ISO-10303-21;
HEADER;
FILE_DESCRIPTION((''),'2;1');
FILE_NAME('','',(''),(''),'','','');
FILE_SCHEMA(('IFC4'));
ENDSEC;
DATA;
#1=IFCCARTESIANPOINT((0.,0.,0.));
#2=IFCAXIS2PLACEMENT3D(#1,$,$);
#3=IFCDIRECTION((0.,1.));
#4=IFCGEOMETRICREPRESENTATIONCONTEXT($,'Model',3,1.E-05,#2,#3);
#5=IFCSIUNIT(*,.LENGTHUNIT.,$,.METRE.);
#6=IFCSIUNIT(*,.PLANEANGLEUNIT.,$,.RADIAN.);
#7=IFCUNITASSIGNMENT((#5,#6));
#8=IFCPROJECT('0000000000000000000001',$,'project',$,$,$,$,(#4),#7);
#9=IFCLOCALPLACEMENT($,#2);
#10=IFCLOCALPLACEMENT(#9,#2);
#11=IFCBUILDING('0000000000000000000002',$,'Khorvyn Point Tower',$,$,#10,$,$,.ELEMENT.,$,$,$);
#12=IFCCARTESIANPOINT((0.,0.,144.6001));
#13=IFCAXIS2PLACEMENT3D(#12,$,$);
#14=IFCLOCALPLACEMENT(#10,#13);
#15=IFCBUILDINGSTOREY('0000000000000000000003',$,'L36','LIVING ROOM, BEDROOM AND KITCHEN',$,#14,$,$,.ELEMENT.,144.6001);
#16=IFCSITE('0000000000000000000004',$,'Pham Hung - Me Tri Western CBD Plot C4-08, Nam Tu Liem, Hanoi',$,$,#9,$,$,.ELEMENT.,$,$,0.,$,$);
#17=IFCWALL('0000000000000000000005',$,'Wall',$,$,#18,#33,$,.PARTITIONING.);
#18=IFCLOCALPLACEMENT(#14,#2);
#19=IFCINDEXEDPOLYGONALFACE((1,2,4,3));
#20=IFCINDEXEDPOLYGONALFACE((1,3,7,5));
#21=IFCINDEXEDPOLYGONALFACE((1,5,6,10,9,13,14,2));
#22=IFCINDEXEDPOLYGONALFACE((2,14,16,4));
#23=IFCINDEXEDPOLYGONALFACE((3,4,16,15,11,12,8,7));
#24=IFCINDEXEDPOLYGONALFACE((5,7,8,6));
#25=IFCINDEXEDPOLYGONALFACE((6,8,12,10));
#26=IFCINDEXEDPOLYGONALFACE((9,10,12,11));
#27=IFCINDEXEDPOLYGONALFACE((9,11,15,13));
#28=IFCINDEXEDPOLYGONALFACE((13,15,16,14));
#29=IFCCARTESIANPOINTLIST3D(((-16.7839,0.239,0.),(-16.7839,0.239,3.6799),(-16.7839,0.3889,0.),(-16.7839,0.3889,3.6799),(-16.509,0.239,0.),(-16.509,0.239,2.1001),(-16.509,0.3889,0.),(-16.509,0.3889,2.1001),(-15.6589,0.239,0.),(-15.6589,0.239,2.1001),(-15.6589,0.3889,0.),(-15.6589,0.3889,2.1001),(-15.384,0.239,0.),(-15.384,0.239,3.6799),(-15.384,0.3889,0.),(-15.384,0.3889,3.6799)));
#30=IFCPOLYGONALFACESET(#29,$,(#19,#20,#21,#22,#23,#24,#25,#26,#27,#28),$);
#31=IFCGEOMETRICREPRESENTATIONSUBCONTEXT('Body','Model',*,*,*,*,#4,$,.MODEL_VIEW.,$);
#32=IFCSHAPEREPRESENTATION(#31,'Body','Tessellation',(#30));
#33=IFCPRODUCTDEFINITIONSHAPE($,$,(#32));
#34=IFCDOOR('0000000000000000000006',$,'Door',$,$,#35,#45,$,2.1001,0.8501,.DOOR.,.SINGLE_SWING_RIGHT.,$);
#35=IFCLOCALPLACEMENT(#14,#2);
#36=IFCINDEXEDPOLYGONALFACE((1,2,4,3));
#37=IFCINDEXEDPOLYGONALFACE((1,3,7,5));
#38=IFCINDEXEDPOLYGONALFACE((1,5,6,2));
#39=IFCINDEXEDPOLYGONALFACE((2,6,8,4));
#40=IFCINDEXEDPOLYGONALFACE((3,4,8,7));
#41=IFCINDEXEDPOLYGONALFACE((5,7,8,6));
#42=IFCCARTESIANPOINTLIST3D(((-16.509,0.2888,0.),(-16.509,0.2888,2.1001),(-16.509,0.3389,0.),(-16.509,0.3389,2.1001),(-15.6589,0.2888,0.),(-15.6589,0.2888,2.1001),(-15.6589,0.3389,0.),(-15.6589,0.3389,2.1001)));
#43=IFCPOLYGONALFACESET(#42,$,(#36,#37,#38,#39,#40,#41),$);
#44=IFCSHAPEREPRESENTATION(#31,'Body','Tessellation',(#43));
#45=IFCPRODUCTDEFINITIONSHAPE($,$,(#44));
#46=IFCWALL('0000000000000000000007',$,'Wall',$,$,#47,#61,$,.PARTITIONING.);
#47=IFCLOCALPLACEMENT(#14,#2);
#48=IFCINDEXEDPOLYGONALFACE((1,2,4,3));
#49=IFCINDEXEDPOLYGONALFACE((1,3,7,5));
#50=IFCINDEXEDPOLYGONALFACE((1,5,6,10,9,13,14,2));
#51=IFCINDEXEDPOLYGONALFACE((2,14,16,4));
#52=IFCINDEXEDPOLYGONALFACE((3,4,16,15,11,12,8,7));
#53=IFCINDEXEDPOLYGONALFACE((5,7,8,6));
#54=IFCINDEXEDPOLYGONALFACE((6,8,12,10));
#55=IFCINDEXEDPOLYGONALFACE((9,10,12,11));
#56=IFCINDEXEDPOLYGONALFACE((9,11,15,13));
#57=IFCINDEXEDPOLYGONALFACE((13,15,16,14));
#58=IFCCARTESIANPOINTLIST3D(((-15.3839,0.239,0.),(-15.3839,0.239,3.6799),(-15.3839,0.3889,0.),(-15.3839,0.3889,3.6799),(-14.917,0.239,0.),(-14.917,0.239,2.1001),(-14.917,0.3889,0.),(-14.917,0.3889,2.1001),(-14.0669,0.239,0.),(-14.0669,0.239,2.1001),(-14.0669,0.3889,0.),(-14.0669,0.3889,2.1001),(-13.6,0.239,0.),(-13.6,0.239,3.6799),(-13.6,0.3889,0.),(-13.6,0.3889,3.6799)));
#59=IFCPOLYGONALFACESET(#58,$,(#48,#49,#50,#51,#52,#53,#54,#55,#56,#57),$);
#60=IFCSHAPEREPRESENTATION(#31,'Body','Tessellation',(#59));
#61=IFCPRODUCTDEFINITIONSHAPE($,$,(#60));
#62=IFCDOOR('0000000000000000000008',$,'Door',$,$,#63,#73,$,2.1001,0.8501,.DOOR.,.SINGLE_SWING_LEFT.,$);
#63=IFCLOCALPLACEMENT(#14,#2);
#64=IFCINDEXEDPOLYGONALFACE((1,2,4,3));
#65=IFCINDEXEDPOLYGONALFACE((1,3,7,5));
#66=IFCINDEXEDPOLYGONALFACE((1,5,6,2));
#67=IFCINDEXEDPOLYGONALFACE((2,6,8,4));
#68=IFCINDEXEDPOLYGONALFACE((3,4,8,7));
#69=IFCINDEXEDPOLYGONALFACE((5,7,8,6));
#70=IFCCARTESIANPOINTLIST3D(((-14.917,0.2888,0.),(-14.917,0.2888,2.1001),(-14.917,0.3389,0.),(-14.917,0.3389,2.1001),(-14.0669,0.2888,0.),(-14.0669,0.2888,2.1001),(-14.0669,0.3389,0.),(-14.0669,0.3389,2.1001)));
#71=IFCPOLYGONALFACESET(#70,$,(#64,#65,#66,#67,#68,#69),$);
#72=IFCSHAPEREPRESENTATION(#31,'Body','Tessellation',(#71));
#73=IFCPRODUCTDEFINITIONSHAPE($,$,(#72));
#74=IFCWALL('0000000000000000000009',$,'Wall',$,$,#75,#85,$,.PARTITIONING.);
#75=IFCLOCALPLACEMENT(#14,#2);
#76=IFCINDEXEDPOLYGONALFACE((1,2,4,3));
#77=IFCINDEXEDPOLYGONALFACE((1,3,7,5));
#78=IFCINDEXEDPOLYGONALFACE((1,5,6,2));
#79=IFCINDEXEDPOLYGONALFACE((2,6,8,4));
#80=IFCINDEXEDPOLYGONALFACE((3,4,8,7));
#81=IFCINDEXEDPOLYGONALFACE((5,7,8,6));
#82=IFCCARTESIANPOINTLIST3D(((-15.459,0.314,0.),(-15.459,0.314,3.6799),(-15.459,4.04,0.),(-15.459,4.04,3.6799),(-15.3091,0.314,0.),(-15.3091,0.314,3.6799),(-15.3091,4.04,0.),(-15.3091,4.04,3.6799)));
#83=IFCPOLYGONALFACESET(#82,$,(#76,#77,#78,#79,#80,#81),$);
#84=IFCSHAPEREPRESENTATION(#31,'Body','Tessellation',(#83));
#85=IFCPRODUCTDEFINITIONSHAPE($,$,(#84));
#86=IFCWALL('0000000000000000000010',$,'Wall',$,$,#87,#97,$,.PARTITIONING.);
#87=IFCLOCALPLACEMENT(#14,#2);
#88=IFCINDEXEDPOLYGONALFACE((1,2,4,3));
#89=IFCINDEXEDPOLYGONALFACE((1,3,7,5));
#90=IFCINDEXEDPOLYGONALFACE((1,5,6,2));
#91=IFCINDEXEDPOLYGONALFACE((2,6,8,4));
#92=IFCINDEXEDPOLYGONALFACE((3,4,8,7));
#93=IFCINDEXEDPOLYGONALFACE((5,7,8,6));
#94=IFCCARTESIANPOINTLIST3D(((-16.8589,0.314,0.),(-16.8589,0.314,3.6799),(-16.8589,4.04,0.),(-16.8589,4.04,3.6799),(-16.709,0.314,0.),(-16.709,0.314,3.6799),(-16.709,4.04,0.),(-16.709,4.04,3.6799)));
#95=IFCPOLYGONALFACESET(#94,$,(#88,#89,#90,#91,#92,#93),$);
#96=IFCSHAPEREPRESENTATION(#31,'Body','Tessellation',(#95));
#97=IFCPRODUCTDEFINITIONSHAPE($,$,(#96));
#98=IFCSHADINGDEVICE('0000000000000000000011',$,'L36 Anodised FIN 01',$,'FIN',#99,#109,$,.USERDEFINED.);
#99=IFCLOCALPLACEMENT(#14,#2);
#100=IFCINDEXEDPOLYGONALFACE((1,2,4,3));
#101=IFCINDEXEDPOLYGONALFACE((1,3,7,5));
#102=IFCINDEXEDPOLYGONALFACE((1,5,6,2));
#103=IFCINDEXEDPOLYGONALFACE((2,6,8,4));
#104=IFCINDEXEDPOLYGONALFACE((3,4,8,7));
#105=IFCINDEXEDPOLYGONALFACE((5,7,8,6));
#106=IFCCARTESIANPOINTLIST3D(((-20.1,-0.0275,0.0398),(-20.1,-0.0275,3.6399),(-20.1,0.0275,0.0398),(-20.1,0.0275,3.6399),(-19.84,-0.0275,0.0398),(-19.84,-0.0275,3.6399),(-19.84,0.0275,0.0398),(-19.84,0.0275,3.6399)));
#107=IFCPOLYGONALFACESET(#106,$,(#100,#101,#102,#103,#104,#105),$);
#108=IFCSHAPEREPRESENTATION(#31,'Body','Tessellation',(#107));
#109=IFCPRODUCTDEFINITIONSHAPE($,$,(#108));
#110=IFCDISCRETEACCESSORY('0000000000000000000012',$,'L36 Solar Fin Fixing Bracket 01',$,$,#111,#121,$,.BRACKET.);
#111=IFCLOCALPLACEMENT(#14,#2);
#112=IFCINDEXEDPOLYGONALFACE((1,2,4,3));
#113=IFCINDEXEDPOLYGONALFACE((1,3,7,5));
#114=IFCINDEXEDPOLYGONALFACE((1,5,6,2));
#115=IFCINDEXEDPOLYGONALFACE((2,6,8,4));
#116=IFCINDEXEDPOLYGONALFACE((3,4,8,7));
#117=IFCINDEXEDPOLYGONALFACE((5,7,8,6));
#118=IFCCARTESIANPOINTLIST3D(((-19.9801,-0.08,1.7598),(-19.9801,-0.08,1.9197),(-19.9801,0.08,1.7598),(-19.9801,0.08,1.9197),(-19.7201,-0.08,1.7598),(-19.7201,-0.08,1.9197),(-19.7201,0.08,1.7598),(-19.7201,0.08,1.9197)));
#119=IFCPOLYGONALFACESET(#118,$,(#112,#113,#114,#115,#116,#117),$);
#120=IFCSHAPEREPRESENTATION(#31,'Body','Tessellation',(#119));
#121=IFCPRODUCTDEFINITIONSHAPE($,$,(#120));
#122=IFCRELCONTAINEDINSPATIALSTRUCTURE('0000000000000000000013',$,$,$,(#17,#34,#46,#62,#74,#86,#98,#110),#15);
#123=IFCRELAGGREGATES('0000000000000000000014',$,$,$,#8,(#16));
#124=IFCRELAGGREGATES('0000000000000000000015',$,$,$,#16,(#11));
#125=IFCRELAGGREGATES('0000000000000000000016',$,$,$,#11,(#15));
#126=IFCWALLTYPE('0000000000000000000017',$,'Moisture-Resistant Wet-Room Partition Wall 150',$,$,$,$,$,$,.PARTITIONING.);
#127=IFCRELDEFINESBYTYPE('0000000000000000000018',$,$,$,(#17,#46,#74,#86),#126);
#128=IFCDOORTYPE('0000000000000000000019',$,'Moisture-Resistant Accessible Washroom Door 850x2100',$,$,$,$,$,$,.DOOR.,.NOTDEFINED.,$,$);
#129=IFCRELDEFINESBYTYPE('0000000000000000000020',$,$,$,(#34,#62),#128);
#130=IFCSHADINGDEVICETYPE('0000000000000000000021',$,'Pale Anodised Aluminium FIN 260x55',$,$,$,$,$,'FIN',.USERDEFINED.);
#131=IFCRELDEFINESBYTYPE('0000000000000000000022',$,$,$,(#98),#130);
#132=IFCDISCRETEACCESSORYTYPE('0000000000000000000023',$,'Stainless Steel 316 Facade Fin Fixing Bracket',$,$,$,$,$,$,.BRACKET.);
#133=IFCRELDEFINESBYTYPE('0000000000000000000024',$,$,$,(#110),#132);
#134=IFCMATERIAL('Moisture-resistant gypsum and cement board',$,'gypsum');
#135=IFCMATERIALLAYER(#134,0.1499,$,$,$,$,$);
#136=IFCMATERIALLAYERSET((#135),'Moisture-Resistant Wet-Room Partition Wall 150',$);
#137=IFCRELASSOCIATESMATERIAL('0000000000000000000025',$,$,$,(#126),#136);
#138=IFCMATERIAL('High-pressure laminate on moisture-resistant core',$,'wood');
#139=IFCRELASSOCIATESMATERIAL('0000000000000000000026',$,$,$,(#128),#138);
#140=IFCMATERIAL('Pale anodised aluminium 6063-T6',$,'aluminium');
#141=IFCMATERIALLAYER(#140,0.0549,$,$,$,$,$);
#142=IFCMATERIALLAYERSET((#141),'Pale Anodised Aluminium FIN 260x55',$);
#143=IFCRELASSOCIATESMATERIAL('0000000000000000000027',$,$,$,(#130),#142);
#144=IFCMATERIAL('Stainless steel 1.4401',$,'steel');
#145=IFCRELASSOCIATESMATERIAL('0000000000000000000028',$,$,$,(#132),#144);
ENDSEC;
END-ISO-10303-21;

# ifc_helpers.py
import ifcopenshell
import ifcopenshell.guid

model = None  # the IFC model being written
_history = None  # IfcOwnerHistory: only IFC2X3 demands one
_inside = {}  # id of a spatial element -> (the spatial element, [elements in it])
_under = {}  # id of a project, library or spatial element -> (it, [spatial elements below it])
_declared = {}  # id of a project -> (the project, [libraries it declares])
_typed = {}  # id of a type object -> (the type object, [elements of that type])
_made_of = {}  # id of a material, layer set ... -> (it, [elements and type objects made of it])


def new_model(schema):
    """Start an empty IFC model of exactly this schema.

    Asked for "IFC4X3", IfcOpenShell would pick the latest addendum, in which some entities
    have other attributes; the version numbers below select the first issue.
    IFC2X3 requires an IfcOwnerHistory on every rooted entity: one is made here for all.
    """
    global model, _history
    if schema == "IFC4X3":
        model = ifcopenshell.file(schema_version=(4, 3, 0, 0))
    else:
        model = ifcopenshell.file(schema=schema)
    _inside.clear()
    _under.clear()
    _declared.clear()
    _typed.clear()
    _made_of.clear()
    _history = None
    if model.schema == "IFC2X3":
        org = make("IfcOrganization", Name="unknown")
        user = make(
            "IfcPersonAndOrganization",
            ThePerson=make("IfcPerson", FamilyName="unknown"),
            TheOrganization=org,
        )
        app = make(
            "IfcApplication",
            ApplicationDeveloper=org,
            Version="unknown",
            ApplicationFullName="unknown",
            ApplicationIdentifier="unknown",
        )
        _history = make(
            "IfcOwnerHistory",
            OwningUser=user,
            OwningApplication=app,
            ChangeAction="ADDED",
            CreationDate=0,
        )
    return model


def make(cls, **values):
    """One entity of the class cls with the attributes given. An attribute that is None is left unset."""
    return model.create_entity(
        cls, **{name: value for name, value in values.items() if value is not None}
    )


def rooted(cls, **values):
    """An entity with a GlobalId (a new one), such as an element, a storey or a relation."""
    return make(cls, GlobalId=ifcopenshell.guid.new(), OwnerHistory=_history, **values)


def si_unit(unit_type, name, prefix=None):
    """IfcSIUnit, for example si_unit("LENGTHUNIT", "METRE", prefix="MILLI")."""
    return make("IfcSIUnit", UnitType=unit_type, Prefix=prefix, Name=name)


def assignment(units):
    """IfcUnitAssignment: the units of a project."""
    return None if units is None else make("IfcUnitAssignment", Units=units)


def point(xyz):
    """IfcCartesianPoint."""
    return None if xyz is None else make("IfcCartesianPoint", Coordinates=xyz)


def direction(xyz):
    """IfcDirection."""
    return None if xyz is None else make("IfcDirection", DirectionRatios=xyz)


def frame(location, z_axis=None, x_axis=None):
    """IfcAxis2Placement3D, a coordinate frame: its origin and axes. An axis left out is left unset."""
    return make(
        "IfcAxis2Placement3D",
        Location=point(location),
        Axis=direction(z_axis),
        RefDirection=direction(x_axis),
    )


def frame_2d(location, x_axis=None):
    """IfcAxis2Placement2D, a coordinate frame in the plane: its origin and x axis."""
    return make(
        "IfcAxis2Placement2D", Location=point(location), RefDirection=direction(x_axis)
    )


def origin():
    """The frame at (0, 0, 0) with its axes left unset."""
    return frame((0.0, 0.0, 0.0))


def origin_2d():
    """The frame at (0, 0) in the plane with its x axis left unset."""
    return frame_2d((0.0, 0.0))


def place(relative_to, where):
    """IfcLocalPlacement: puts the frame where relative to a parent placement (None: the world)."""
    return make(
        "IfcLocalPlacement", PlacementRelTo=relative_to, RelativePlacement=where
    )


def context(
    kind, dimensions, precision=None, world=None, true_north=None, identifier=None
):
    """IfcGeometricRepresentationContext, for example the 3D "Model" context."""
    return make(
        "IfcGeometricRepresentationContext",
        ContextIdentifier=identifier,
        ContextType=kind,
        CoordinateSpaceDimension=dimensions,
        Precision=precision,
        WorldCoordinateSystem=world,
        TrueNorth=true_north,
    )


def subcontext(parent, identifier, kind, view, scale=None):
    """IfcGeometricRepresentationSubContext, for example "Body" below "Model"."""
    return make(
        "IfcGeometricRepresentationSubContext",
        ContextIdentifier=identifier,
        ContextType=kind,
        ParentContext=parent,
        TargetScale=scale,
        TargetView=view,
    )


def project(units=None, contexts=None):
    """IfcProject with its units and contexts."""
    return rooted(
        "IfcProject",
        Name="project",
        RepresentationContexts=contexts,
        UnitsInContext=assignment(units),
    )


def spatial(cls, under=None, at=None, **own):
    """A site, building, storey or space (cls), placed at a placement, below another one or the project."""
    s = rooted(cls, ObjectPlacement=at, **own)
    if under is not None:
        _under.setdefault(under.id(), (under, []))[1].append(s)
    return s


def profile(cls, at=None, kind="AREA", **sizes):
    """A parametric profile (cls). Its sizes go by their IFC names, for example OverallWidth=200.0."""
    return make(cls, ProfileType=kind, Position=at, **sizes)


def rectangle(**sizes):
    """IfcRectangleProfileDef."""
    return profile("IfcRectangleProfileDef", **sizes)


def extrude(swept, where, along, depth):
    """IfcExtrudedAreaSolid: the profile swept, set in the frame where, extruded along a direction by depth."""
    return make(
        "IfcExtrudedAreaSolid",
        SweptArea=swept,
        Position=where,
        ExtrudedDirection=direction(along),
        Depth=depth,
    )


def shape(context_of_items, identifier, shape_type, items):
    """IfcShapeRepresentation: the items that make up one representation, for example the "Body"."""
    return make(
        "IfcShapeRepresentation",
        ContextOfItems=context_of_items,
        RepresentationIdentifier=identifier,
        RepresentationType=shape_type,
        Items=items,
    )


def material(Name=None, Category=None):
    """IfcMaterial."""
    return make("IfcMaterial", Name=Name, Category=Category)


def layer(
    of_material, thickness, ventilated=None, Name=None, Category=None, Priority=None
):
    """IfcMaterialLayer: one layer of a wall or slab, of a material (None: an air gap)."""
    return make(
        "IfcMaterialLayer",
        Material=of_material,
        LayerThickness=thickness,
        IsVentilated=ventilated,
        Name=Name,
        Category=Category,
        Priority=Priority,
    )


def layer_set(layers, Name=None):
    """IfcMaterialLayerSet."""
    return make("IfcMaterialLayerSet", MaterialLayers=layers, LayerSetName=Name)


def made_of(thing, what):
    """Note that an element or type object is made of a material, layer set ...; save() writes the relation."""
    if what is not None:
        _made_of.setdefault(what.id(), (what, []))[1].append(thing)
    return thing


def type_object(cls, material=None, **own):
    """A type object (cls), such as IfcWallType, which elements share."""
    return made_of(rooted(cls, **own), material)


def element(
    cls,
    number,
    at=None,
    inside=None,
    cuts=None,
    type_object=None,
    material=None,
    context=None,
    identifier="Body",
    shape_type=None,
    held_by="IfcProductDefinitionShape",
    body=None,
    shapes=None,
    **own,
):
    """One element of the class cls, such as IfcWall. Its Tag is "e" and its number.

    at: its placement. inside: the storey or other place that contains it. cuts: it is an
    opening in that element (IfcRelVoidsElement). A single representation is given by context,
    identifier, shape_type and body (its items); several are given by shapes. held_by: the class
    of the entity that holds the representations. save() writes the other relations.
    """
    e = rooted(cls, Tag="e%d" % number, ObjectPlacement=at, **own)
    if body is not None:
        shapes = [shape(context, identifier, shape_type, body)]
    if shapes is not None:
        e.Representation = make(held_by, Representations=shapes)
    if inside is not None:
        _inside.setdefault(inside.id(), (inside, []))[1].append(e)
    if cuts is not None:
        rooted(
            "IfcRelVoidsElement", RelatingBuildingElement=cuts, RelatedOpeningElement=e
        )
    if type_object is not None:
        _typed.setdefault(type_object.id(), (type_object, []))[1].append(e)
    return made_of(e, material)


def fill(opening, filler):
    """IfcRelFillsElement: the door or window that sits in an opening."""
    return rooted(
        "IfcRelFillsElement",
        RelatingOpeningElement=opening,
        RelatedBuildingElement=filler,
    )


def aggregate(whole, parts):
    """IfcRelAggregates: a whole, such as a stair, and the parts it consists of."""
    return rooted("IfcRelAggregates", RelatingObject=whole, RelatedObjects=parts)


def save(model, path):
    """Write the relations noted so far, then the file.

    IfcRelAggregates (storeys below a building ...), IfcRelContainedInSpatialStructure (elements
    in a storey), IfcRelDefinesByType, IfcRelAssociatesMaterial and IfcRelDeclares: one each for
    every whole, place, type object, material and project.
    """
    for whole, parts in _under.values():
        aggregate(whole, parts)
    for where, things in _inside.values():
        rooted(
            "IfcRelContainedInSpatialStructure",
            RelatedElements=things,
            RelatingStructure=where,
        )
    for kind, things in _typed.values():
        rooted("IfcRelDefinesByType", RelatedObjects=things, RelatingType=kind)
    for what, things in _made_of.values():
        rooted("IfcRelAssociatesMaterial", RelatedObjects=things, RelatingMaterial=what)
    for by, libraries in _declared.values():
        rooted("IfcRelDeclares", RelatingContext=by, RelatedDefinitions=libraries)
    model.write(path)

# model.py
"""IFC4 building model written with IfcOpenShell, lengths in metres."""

from ifc_helpers import new_model, si_unit, direction, frame, frame_2d, origin, origin_2d, place, context, subcontext, project, spatial, rectangle, extrude, material, layer, layer_set, type_object, element, fill, save


model = new_model("IFC4")

# Units and contexts
model_context = context("Model", 3, precision=1e-05, world=origin(), true_north=direction((0.0, 1.0)))
body_context = subcontext(model_context, "Body", "Model", "MODEL_VIEW")
ifc_project = project(units=[si_unit("LENGTHUNIT", "METRE"), si_unit("PLANEANGLEUNIT", "RADIAN")], contexts=[model_context])

# Site, building, storey
site_placement = place(None, origin())
site = spatial("IfcSite", under=ifc_project, at=site_placement, Name="Pham Hung - Me Tri Western CBD Plot C4-08, Nam Tu Liem, Hanoi", CompositionType="ELEMENT", RefElevation=0.0)
building_placement = place(site_placement, origin())
building = spatial("IfcBuilding", under=site, at=building_placement, Name="Khorvyn Point Tower", CompositionType="ELEMENT")
storey_placement = place(building_placement, frame((0.0, 0.0, 144.6001)))
storey = spatial("IfcBuildingStorey", under=building, at=storey_placement, Name="L36", Description="LIVING ROOM, BEDROOM AND KITCHEN", CompositionType="ELEMENT", Elevation=144.6001)

# Walls, openings, doors
ifc_material_1 = material(Name="Moisture-resistant gypsum and cement board", Category="gypsum")
ifc_layer_1 = layer(ifc_material_1, 0.1499)
ifc_layer_set_1 = layer_set([ifc_layer_1], Name="Moisture-Resistant Wet-Room Partition Wall 150")
wall_type_1 = type_object("IfcWallType", Name="Moisture-Resistant Wet-Room Partition Wall 150", PredefinedType="PARTITIONING", material=ifc_layer_set_1)
wall_1_placement = place(storey_placement, frame((-16.7839, 0.314, 0.0), z_axis=(0.0, 0.0, 1.0), x_axis=(1.0, 0.0, 0.0)))
wall_1 = element("IfcWall", 1, at=wall_1_placement, inside=storey, type_object=wall_type_1, Name="Wall", PredefinedType="PARTITIONING", context=body_context, shape_type="SweptSolid", body=[
    extrude(rectangle(XDim=1.3999, YDim=0.1499, at=frame_2d((0.7, 0.0))), origin(), (0.0, 0.0, 1.0), 3.6799),
])
opening_1_placement = place(wall_1_placement, frame((0.2749, 0.0, 0.0)))
opening_1 = element("IfcOpeningElement", 2, at=opening_1_placement, cuts=wall_1, PredefinedType="OPENING", context=body_context, shape_type="SweptSolid", body=[
    extrude(rectangle(XDim=0.8501, YDim=2.1001, at=frame_2d((0.425, 1.05))), frame((0.0, 0.085, 0.0), z_axis=(0.0, -1.0, 0.0), x_axis=(1.0, 0.0, 0.0)), (0.0, 0.0, 1.0), 0.1699),
])
ifc_material_2 = material(Name="High-pressure laminate on moisture-resistant core", Category="wood")
door_type_1 = type_object("IfcDoorType", Name="Moisture-Resistant Accessible Washroom Door 850x2100", OperationType="NOTDEFINED", PredefinedType="DOOR", material=ifc_material_2)
door_1_placement = place(opening_1_placement, origin())
door_1 = element("IfcDoor", 3, at=door_1_placement, inside=storey, type_object=door_type_1, Name="Door", OperationType="SINGLE_SWING_RIGHT", OverallHeight=2.1001, OverallWidth=0.8501, PredefinedType="DOOR", context=body_context, shape_type="SweptSolid", body=[
    extrude(rectangle(XDim=0.8501, YDim=2.1001, at=frame_2d((0.425, 1.05))), frame((0.0, 0.0249, 0.0), z_axis=(0.0, -1.0, 0.0), x_axis=(1.0, 0.0, 0.0)), (0.0, 0.0, 1.0), 0.05),
])
fill(opening_1, door_1)
wall_2_placement = place(storey_placement, frame((-15.384, 0.314, 0.0), z_axis=(0.0, 0.0, 1.0), x_axis=(1.0, 0.0, 0.0)))
wall_2 = element("IfcWall", 4, at=wall_2_placement, inside=storey, type_object=wall_type_1, Name="Wall", PredefinedType="PARTITIONING", context=body_context, shape_type="SweptSolid", body=[
    extrude(rectangle(XDim=1.7839, YDim=0.1499, at=frame_2d((0.8921, 0.0))), origin(), (0.0, 0.0, 1.0), 3.6799),
])
opening_2_placement = place(wall_2_placement, frame((0.467, 0.0, 0.0)))
opening_2 = element("IfcOpeningElement", 5, at=opening_2_placement, cuts=wall_2, PredefinedType="OPENING", context=body_context, shape_type="SweptSolid", body=[
    extrude(rectangle(XDim=0.8501, YDim=2.1001, at=frame_2d((0.425, 1.05))), frame((0.0, 0.085, 0.0), z_axis=(0.0, -1.0, 0.0), x_axis=(1.0, 0.0, 0.0)), (0.0, 0.0, 1.0), 0.1699),
])
door_2_placement = place(opening_2_placement, origin())
door_2 = element("IfcDoor", 6, at=door_2_placement, inside=storey, type_object=door_type_1, Name="Door", OperationType="SINGLE_SWING_LEFT", OverallHeight=2.1001, OverallWidth=0.8501, PredefinedType="DOOR", context=body_context, shape_type="SweptSolid", body=[
    extrude(rectangle(XDim=0.8501, YDim=2.1001, at=frame_2d((0.425, 1.05))), frame((0.0, 0.0249, 0.0), z_axis=(0.0, -1.0, 0.0), x_axis=(1.0, 0.0, 0.0)), (0.0, 0.0, 1.0), 0.05),
])
fill(opening_2, door_2)

# Walls
for number, where, z_axis, x_axis, name in (
    (7, (-15.384, 0.314, 0.0), (0.0, 0.0, 1.0), (0.0, 1.0, 0.0), "Wall"),
    (8, (-16.7839, 0.314, 0.0), (0.0, 0.0, 1.0), (0.0, 1.0, 0.0), "Wall"),
):
    element("IfcWall", number, at=place(storey_placement, frame(where, z_axis=z_axis, x_axis=x_axis)), inside=storey, type_object=wall_type_1, Name=name, PredefinedType="PARTITIONING", context=body_context, shape_type="SweptSolid", body=[
        extrude(rectangle(XDim=3.7261, YDim=0.1499, at=frame_2d((1.863, 0.0))), origin(), (0.0, 0.0, 1.0), 3.6799),
    ])

# Shading device
ifc_material_3 = material(Name="Pale anodised aluminium 6063-T6", Category="aluminium")
ifc_layer_2 = layer(ifc_material_3, 0.0549)
ifc_layer_set_2 = layer_set([ifc_layer_2], Name="Pale Anodised Aluminium FIN 260x55")
shading_device_type = type_object("IfcShadingDeviceType", Name="Pale Anodised Aluminium FIN 260x55", ElementType="FIN", PredefinedType="USERDEFINED", material=ifc_layer_set_2)
shading_device_placement = place(storey_placement, frame((-19.97, 0.0, 0.0398), z_axis=(0.0, 0.0, 1.0), x_axis=(-1.0, 0.0, 0.0)))
element("IfcShadingDevice", 9, at=shading_device_placement, inside=storey, type_object=shading_device_type, Name="L36 Anodised FIN 01", ObjectType="FIN", PredefinedType="USERDEFINED", context=body_context, shape_type="SweptSolid", body=[
    extrude(rectangle(XDim=0.26, YDim=0.0549, at=origin_2d()), origin(), (0.0, 0.0, 1.0), 3.6001),
])

# Discrete accessory
ifc_material_4 = material(Name="Stainless steel 1.4401", Category="steel")
discrete_accessory_type = type_object("IfcDiscreteAccessoryType", Name="Stainless Steel 316 Facade Fin Fixing Bracket", PredefinedType="BRACKET", material=ifc_material_4)
discrete_accessory_placement = place(storey_placement, frame((-19.8501, 0.0, 1.7598), z_axis=(0.0, 0.0, 1.0), x_axis=(0.0, 1.0, 0.0)))
element("IfcDiscreteAccessory", 10, at=discrete_accessory_placement, inside=storey, type_object=discrete_accessory_type, Name="L36 Solar Fin Fixing Bracket 01", PredefinedType="BRACKET", context=body_context, shape_type="SweptSolid", body=[
    extrude(rectangle(XDim=0.1599, YDim=0.26, at=origin_2d()), origin(), (0.0, 0.0, 1.0), 0.1599),
])

save(model, "model.ifc")
